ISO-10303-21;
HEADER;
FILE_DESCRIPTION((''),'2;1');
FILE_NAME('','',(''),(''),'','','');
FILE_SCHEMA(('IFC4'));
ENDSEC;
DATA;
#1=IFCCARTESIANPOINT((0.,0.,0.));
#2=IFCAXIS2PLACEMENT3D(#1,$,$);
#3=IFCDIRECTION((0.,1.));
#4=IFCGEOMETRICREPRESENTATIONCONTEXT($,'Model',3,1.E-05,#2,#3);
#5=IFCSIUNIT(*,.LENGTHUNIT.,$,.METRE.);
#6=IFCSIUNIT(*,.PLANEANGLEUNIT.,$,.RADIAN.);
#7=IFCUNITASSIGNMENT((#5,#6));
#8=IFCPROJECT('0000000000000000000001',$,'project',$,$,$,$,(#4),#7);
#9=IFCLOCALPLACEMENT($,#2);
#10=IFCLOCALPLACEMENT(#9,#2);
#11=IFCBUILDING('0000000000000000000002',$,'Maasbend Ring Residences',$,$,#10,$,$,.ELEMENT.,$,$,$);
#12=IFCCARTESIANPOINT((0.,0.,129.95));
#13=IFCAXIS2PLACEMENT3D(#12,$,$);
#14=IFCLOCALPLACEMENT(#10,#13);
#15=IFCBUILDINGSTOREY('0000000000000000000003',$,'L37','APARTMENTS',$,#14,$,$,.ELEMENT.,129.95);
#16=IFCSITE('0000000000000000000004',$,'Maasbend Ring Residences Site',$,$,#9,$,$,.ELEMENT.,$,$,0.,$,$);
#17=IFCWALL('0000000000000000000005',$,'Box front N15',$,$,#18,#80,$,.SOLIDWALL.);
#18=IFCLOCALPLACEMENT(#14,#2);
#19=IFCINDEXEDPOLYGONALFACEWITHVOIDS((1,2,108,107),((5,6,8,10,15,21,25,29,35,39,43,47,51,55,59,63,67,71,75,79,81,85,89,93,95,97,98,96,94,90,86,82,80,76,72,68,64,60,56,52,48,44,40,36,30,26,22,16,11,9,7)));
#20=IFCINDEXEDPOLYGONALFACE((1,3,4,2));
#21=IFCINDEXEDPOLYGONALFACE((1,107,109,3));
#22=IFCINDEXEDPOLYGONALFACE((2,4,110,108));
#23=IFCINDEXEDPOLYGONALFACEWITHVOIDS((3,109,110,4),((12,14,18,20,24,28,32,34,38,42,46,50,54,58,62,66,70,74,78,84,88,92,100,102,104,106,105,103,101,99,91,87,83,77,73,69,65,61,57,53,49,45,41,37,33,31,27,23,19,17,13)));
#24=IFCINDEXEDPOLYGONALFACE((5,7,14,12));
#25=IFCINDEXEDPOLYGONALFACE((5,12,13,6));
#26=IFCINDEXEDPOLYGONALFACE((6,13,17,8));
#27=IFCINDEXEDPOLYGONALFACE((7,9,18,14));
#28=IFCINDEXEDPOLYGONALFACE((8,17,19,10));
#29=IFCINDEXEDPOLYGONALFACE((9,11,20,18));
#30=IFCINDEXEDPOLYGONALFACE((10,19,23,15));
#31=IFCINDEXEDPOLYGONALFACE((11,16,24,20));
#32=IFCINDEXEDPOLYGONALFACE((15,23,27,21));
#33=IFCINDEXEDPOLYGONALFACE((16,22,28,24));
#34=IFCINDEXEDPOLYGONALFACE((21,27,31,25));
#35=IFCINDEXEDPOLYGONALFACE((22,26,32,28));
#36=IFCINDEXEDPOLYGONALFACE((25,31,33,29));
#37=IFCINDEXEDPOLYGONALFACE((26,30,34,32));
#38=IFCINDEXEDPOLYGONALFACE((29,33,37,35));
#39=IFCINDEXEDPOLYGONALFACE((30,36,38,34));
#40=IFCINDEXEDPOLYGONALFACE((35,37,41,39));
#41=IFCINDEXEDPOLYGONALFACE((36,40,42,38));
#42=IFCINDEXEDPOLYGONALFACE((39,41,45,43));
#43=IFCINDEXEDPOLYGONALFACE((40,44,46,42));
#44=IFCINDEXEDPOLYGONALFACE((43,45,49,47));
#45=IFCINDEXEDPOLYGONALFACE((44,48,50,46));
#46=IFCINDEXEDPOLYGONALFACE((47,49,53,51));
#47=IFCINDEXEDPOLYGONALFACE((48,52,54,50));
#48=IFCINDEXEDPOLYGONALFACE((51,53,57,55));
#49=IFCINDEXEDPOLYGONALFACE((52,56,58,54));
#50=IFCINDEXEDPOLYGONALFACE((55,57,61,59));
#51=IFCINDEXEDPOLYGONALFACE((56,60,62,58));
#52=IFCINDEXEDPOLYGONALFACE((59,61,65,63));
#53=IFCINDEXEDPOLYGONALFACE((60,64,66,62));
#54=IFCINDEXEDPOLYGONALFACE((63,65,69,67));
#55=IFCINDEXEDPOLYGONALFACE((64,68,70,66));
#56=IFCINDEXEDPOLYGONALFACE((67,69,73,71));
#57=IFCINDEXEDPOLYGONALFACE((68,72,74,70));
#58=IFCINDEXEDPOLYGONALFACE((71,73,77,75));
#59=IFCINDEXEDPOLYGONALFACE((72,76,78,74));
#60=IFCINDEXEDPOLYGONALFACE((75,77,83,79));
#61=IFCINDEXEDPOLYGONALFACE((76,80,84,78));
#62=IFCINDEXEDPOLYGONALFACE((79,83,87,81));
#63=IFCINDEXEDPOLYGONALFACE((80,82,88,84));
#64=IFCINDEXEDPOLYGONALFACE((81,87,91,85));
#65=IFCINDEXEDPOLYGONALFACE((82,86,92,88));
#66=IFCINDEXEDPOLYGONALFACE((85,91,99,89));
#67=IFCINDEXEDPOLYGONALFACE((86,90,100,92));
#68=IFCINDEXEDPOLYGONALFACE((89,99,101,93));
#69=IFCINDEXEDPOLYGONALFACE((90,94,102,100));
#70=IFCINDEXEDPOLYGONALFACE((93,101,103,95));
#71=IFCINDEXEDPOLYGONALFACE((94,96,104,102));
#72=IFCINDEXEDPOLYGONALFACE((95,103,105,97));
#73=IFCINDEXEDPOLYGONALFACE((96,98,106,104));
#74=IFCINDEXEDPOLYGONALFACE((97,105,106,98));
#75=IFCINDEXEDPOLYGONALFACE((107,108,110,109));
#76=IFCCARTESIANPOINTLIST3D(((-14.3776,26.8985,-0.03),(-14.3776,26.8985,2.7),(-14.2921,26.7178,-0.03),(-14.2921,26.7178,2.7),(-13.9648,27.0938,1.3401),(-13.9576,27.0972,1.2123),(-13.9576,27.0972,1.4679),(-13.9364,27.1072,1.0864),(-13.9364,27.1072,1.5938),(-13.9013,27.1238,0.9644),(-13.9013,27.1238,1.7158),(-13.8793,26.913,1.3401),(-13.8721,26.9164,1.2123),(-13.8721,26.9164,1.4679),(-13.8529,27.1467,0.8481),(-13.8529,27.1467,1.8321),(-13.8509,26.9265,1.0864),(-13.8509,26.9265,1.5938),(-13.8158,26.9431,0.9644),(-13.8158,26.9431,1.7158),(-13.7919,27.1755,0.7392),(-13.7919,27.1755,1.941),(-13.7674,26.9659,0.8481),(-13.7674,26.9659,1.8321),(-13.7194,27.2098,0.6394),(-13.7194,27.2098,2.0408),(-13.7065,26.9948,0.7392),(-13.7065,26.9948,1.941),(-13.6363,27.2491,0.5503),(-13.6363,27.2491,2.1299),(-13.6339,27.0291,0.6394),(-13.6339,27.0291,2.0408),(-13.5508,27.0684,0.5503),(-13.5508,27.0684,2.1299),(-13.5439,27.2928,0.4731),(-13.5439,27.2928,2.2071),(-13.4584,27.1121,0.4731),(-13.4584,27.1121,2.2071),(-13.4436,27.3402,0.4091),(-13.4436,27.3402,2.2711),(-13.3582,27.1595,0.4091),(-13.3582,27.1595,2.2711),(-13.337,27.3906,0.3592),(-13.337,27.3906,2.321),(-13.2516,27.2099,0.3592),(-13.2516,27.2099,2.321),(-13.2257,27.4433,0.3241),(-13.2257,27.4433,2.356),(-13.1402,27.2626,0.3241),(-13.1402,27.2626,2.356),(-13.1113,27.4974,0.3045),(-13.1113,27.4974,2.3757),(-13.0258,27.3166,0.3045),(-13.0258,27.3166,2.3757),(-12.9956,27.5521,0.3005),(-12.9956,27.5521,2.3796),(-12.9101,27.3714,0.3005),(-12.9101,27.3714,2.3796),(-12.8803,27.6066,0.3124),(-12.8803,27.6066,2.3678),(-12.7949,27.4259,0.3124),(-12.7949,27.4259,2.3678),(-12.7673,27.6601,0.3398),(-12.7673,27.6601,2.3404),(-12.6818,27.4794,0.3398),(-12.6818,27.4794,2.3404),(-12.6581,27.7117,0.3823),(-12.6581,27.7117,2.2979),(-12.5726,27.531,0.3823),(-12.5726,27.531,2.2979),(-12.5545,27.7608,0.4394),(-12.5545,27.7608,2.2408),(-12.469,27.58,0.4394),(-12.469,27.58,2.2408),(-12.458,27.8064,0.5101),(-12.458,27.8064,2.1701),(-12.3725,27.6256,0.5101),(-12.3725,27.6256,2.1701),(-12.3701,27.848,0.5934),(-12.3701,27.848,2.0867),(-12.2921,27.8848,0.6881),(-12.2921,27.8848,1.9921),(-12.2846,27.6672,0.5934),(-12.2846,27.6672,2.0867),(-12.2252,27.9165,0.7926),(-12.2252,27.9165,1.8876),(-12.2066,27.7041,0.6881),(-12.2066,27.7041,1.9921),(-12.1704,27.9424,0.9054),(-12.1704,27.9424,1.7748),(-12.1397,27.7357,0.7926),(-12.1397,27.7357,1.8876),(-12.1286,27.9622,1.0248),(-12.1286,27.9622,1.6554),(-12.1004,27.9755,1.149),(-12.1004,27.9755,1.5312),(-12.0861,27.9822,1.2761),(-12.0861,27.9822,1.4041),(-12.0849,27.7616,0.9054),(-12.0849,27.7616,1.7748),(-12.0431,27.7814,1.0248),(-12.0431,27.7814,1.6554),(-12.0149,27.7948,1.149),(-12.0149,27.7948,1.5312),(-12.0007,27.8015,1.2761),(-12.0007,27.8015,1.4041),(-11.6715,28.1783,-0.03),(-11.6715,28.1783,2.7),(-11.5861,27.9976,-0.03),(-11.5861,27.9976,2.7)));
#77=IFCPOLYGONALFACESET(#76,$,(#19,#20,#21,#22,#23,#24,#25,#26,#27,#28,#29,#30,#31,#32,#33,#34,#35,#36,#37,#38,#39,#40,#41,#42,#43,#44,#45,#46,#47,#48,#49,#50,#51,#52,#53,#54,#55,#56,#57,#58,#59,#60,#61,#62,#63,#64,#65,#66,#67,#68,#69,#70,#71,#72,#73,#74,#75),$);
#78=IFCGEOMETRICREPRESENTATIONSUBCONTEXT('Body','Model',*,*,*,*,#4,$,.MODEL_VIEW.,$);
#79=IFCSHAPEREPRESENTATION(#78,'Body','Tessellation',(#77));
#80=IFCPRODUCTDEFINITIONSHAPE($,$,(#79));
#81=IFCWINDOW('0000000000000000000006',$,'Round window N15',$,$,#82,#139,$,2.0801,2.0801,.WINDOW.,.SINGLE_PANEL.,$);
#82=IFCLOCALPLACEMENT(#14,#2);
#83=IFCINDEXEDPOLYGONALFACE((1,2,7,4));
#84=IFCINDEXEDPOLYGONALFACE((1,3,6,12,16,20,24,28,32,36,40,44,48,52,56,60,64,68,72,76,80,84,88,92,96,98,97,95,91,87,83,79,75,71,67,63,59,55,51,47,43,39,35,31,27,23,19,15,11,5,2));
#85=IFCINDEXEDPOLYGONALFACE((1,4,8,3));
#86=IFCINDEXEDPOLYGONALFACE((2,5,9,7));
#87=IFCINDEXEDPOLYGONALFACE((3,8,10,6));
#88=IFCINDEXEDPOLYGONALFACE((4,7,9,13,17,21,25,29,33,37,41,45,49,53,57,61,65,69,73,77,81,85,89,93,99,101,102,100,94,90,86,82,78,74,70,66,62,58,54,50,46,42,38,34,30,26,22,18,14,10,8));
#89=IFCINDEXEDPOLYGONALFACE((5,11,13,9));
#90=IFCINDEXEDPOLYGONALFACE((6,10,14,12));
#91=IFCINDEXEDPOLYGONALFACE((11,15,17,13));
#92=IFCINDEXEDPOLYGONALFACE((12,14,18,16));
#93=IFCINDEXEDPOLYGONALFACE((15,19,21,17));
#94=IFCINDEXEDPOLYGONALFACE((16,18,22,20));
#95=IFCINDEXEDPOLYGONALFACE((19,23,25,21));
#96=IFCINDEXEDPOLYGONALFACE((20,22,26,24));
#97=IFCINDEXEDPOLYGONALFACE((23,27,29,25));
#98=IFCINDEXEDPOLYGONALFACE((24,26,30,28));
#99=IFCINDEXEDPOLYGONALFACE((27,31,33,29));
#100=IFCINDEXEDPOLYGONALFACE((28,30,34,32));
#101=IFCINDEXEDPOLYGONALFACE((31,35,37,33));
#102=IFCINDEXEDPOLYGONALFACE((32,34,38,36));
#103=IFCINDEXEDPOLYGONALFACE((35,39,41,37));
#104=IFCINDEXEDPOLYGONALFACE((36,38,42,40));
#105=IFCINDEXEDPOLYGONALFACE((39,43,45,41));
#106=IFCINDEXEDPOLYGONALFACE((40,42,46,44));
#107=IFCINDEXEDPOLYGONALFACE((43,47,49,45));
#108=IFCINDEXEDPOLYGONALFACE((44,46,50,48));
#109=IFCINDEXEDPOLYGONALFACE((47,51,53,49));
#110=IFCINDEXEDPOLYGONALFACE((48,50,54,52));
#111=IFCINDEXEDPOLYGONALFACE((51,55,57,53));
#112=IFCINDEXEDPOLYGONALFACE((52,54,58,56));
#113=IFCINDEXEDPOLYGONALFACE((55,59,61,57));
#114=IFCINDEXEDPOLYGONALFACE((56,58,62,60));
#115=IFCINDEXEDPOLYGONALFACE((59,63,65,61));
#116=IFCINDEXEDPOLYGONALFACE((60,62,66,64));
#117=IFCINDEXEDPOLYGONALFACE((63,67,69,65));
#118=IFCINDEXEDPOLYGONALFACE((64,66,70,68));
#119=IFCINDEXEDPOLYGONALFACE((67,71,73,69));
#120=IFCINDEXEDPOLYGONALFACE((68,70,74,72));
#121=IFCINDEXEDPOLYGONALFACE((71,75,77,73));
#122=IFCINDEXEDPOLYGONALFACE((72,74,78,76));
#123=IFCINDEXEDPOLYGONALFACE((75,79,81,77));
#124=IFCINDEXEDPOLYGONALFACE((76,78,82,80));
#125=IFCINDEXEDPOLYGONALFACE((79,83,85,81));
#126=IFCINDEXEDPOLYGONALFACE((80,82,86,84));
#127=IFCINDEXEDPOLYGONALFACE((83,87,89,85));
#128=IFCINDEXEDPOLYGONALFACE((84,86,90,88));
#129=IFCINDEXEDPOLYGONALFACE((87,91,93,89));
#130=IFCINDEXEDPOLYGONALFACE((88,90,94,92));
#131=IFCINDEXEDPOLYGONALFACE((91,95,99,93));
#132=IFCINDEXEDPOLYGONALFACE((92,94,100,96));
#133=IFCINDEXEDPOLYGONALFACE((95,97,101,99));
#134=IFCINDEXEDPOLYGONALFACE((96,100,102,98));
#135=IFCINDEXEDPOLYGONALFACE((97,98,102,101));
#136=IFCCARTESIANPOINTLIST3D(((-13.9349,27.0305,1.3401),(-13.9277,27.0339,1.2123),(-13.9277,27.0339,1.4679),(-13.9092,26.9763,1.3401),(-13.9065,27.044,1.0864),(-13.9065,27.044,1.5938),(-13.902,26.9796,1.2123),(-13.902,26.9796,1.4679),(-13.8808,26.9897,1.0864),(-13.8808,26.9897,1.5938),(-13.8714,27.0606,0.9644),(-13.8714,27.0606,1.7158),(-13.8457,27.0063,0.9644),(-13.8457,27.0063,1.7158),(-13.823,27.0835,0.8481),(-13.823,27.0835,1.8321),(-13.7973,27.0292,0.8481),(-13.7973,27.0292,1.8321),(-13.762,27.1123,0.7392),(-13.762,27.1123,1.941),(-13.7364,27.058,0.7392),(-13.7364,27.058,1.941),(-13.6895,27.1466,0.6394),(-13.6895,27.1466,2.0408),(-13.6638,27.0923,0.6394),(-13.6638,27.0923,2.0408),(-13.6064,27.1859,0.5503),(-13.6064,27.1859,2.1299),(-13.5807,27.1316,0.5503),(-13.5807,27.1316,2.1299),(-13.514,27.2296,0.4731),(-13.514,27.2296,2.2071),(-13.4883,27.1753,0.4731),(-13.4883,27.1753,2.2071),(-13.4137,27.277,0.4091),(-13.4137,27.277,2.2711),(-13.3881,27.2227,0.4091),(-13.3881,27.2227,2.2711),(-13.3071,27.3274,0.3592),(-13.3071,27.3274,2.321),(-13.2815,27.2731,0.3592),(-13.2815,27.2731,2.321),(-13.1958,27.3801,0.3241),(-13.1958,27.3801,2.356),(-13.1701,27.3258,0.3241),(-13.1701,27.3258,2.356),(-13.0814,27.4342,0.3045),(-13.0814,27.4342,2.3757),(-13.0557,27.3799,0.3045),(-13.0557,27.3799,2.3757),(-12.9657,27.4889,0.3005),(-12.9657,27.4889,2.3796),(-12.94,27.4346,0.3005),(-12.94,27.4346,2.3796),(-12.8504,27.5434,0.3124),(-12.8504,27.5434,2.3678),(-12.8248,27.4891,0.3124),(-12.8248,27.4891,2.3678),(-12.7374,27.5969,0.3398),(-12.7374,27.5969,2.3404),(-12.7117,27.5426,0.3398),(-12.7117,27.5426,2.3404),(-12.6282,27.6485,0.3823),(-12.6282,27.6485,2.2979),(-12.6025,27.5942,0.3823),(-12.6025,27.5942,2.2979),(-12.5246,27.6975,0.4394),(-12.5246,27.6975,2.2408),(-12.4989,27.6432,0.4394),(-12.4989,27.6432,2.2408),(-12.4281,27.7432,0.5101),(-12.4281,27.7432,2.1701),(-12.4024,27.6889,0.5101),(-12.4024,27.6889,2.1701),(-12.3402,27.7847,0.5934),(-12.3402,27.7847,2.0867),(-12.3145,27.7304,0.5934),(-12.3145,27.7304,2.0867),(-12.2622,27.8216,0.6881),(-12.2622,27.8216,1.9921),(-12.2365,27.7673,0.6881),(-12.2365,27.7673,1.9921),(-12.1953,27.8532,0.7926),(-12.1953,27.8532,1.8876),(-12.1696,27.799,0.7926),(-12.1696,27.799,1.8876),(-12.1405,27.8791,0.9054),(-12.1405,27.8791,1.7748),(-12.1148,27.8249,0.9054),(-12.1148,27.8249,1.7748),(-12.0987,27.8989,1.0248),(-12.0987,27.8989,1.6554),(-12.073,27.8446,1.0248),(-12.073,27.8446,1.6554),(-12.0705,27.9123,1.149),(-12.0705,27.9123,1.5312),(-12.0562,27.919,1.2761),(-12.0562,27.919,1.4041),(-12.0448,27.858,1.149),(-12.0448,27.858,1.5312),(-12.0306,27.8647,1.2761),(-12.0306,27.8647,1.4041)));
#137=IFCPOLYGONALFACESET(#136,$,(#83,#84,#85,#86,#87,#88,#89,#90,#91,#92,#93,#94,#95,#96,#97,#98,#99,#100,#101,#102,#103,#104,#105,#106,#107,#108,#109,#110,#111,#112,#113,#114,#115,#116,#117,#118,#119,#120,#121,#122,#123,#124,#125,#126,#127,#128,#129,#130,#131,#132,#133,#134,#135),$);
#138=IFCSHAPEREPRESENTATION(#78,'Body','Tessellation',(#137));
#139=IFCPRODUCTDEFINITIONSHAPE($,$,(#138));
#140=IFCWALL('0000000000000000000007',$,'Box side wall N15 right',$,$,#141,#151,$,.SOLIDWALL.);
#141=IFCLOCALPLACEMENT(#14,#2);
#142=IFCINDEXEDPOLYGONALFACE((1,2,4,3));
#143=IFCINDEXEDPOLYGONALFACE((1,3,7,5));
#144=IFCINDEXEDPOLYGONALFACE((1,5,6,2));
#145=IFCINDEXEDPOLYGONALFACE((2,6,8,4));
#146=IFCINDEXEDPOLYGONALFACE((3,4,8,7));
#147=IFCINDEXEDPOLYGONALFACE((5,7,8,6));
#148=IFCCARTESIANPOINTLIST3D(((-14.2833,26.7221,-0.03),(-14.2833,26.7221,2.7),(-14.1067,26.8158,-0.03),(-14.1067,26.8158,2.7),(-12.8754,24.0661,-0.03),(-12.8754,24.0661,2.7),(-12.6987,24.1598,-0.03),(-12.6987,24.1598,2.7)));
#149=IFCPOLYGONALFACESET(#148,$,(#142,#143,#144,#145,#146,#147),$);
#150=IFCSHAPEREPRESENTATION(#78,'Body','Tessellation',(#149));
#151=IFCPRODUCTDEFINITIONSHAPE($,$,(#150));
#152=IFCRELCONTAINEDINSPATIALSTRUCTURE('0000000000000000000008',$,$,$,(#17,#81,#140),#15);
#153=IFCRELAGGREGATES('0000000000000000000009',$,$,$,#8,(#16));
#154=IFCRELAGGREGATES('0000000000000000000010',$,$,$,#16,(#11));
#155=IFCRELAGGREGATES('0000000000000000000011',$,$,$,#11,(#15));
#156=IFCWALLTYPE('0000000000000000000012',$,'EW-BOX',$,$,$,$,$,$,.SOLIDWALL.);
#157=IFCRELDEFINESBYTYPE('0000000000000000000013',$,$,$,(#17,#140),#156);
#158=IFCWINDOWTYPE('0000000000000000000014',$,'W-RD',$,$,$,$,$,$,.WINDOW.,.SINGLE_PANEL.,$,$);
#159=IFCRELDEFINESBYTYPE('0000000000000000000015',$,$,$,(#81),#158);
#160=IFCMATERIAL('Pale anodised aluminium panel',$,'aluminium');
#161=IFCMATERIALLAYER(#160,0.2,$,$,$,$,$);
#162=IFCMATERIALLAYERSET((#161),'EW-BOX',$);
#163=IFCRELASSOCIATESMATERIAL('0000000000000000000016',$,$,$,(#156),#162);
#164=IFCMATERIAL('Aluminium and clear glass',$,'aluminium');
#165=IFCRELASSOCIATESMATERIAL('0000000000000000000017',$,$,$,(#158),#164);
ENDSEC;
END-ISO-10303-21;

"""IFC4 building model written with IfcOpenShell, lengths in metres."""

from ifc_helpers import new_model, si_unit, direction, frame, frame_2d, origin, place, context, subcontext, project, spatial, rectangle, circle, extrude, material, layer, layer_set, type_object, element, fill, save


model = new_model("IFC4")

# Units and contexts
model_context = context("Model", 3, precision=1e-05, world=origin(), true_north=direction((0.0, 1.0)))
body_context = subcontext(model_context, "Body", "Model", "MODEL_VIEW")
ifc_project = project(units=[si_unit("LENGTHUNIT", "METRE"), si_unit("PLANEANGLEUNIT", "RADIAN")], contexts=[model_context])

# Site, building, storey
site_placement = place(None, origin())
site = spatial("IfcSite", under=ifc_project, at=site_placement, Name="Maasbend Ring Residences Site", CompositionType="ELEMENT", RefElevation=0.0)
building_placement = place(site_placement, origin())
building = spatial("IfcBuilding", under=site, at=building_placement, Name="Maasbend Ring Residences", CompositionType="ELEMENT")
storey_placement = place(building_placement, frame((0.0, 0.0, 129.95)))
storey = spatial("IfcBuildingStorey", under=building, at=storey_placement, Name="L37", Description="APARTMENTS", CompositionType="ELEMENT", Elevation=129.95)

# Wall, opening, window
ifc_material_1 = material(Name="Pale anodised aluminium panel", Category="aluminium")
ifc_layer_1 = layer(ifc_material_1, 0.2)
ifc_layer_set_1 = layer_set([ifc_layer_1], Name="EW-BOX")
wall_type_1 = type_object("IfcWallType", Name="EW-BOX", PredefinedType="SOLIDWALL", material=ifc_layer_set_1)
wall_1_placement = place(storey_placement, frame((-11.6289, 28.0879, -0.03), z_axis=(0.0, 0.0, 1.0), x_axis=(-0.904, -0.427532, 0.0)))
wall_1 = element("IfcWall", 1, at=wall_1_placement, inside=storey, type_object=wall_type_1, Name="Box front N15", PredefinedType="SOLIDWALL", context=body_context, shape_type="SweptSolid", body=[
    extrude(rectangle(XDim=2.9934, YDim=0.2, at=frame_2d((1.4966, 0.0))), origin(), (0.0, 0.0, 1.0), 2.73),
])
opening_1_placement = place(wall_1_placement, frame((0.4565, 0.0, 0.3301)))
opening_1 = element("IfcOpeningElement", 2, at=opening_1_placement, cuts=wall_1, PredefinedType="OPENING", context=body_context, shape_type="SweptSolid", body=[
    extrude(circle(Radius=1.04, at=frame_2d((1.04, 1.04))), frame((0.0, 0.1099, 0.0), z_axis=(0.0, -1.0, 0.0), x_axis=(1.0, 0.0, 0.0)), (0.0, 0.0, 1.0), 0.22),
])
ifc_material_2 = material(Name="Aluminium and clear glass", Category="aluminium")
window_type_1 = type_object("IfcWindowType", Name="W-RD", PartitioningType="SINGLE_PANEL", PredefinedType="WINDOW", material=ifc_material_2)
window_1_placement = place(opening_1_placement, origin())
window_1 = element("IfcWindow", 3, at=window_1_placement, inside=storey, type_object=window_type_1, Name="Round window N15", OverallHeight=2.0801, OverallWidth=2.0801, PartitioningType="SINGLE_PANEL", PredefinedType="WINDOW", context=body_context, shape_type="SweptSolid", body=[
    extrude(circle(Radius=1.04, at=frame_2d((1.04, 1.04))), frame((0.0, 0.03, 0.0), z_axis=(0.0, -1.0, 0.0), x_axis=(1.0, 0.0, 0.0)), (0.0, 0.0, 1.0), 0.0601),
])
fill(opening_1, window_1)

# Wall
wall_2_placement = place(storey_placement, frame((-12.7871, 24.113, -0.03), z_axis=(0.0, 0.0, 1.0), x_axis=(-0.468365, 0.883535, 0.0)))
element("IfcWall", 4, at=wall_2_placement, inside=storey, type_object=wall_type_1, Name="Box side wall N15 right", PredefinedType="SOLIDWALL", context=body_context, shape_type="SweptSolid", body=[
    extrude(rectangle(XDim=3.0061, YDim=0.2, at=frame_2d((1.5029, 0.0))), origin(), (0.0, 0.0, 1.0), 2.73),
])

save(model, "model.ifc")
